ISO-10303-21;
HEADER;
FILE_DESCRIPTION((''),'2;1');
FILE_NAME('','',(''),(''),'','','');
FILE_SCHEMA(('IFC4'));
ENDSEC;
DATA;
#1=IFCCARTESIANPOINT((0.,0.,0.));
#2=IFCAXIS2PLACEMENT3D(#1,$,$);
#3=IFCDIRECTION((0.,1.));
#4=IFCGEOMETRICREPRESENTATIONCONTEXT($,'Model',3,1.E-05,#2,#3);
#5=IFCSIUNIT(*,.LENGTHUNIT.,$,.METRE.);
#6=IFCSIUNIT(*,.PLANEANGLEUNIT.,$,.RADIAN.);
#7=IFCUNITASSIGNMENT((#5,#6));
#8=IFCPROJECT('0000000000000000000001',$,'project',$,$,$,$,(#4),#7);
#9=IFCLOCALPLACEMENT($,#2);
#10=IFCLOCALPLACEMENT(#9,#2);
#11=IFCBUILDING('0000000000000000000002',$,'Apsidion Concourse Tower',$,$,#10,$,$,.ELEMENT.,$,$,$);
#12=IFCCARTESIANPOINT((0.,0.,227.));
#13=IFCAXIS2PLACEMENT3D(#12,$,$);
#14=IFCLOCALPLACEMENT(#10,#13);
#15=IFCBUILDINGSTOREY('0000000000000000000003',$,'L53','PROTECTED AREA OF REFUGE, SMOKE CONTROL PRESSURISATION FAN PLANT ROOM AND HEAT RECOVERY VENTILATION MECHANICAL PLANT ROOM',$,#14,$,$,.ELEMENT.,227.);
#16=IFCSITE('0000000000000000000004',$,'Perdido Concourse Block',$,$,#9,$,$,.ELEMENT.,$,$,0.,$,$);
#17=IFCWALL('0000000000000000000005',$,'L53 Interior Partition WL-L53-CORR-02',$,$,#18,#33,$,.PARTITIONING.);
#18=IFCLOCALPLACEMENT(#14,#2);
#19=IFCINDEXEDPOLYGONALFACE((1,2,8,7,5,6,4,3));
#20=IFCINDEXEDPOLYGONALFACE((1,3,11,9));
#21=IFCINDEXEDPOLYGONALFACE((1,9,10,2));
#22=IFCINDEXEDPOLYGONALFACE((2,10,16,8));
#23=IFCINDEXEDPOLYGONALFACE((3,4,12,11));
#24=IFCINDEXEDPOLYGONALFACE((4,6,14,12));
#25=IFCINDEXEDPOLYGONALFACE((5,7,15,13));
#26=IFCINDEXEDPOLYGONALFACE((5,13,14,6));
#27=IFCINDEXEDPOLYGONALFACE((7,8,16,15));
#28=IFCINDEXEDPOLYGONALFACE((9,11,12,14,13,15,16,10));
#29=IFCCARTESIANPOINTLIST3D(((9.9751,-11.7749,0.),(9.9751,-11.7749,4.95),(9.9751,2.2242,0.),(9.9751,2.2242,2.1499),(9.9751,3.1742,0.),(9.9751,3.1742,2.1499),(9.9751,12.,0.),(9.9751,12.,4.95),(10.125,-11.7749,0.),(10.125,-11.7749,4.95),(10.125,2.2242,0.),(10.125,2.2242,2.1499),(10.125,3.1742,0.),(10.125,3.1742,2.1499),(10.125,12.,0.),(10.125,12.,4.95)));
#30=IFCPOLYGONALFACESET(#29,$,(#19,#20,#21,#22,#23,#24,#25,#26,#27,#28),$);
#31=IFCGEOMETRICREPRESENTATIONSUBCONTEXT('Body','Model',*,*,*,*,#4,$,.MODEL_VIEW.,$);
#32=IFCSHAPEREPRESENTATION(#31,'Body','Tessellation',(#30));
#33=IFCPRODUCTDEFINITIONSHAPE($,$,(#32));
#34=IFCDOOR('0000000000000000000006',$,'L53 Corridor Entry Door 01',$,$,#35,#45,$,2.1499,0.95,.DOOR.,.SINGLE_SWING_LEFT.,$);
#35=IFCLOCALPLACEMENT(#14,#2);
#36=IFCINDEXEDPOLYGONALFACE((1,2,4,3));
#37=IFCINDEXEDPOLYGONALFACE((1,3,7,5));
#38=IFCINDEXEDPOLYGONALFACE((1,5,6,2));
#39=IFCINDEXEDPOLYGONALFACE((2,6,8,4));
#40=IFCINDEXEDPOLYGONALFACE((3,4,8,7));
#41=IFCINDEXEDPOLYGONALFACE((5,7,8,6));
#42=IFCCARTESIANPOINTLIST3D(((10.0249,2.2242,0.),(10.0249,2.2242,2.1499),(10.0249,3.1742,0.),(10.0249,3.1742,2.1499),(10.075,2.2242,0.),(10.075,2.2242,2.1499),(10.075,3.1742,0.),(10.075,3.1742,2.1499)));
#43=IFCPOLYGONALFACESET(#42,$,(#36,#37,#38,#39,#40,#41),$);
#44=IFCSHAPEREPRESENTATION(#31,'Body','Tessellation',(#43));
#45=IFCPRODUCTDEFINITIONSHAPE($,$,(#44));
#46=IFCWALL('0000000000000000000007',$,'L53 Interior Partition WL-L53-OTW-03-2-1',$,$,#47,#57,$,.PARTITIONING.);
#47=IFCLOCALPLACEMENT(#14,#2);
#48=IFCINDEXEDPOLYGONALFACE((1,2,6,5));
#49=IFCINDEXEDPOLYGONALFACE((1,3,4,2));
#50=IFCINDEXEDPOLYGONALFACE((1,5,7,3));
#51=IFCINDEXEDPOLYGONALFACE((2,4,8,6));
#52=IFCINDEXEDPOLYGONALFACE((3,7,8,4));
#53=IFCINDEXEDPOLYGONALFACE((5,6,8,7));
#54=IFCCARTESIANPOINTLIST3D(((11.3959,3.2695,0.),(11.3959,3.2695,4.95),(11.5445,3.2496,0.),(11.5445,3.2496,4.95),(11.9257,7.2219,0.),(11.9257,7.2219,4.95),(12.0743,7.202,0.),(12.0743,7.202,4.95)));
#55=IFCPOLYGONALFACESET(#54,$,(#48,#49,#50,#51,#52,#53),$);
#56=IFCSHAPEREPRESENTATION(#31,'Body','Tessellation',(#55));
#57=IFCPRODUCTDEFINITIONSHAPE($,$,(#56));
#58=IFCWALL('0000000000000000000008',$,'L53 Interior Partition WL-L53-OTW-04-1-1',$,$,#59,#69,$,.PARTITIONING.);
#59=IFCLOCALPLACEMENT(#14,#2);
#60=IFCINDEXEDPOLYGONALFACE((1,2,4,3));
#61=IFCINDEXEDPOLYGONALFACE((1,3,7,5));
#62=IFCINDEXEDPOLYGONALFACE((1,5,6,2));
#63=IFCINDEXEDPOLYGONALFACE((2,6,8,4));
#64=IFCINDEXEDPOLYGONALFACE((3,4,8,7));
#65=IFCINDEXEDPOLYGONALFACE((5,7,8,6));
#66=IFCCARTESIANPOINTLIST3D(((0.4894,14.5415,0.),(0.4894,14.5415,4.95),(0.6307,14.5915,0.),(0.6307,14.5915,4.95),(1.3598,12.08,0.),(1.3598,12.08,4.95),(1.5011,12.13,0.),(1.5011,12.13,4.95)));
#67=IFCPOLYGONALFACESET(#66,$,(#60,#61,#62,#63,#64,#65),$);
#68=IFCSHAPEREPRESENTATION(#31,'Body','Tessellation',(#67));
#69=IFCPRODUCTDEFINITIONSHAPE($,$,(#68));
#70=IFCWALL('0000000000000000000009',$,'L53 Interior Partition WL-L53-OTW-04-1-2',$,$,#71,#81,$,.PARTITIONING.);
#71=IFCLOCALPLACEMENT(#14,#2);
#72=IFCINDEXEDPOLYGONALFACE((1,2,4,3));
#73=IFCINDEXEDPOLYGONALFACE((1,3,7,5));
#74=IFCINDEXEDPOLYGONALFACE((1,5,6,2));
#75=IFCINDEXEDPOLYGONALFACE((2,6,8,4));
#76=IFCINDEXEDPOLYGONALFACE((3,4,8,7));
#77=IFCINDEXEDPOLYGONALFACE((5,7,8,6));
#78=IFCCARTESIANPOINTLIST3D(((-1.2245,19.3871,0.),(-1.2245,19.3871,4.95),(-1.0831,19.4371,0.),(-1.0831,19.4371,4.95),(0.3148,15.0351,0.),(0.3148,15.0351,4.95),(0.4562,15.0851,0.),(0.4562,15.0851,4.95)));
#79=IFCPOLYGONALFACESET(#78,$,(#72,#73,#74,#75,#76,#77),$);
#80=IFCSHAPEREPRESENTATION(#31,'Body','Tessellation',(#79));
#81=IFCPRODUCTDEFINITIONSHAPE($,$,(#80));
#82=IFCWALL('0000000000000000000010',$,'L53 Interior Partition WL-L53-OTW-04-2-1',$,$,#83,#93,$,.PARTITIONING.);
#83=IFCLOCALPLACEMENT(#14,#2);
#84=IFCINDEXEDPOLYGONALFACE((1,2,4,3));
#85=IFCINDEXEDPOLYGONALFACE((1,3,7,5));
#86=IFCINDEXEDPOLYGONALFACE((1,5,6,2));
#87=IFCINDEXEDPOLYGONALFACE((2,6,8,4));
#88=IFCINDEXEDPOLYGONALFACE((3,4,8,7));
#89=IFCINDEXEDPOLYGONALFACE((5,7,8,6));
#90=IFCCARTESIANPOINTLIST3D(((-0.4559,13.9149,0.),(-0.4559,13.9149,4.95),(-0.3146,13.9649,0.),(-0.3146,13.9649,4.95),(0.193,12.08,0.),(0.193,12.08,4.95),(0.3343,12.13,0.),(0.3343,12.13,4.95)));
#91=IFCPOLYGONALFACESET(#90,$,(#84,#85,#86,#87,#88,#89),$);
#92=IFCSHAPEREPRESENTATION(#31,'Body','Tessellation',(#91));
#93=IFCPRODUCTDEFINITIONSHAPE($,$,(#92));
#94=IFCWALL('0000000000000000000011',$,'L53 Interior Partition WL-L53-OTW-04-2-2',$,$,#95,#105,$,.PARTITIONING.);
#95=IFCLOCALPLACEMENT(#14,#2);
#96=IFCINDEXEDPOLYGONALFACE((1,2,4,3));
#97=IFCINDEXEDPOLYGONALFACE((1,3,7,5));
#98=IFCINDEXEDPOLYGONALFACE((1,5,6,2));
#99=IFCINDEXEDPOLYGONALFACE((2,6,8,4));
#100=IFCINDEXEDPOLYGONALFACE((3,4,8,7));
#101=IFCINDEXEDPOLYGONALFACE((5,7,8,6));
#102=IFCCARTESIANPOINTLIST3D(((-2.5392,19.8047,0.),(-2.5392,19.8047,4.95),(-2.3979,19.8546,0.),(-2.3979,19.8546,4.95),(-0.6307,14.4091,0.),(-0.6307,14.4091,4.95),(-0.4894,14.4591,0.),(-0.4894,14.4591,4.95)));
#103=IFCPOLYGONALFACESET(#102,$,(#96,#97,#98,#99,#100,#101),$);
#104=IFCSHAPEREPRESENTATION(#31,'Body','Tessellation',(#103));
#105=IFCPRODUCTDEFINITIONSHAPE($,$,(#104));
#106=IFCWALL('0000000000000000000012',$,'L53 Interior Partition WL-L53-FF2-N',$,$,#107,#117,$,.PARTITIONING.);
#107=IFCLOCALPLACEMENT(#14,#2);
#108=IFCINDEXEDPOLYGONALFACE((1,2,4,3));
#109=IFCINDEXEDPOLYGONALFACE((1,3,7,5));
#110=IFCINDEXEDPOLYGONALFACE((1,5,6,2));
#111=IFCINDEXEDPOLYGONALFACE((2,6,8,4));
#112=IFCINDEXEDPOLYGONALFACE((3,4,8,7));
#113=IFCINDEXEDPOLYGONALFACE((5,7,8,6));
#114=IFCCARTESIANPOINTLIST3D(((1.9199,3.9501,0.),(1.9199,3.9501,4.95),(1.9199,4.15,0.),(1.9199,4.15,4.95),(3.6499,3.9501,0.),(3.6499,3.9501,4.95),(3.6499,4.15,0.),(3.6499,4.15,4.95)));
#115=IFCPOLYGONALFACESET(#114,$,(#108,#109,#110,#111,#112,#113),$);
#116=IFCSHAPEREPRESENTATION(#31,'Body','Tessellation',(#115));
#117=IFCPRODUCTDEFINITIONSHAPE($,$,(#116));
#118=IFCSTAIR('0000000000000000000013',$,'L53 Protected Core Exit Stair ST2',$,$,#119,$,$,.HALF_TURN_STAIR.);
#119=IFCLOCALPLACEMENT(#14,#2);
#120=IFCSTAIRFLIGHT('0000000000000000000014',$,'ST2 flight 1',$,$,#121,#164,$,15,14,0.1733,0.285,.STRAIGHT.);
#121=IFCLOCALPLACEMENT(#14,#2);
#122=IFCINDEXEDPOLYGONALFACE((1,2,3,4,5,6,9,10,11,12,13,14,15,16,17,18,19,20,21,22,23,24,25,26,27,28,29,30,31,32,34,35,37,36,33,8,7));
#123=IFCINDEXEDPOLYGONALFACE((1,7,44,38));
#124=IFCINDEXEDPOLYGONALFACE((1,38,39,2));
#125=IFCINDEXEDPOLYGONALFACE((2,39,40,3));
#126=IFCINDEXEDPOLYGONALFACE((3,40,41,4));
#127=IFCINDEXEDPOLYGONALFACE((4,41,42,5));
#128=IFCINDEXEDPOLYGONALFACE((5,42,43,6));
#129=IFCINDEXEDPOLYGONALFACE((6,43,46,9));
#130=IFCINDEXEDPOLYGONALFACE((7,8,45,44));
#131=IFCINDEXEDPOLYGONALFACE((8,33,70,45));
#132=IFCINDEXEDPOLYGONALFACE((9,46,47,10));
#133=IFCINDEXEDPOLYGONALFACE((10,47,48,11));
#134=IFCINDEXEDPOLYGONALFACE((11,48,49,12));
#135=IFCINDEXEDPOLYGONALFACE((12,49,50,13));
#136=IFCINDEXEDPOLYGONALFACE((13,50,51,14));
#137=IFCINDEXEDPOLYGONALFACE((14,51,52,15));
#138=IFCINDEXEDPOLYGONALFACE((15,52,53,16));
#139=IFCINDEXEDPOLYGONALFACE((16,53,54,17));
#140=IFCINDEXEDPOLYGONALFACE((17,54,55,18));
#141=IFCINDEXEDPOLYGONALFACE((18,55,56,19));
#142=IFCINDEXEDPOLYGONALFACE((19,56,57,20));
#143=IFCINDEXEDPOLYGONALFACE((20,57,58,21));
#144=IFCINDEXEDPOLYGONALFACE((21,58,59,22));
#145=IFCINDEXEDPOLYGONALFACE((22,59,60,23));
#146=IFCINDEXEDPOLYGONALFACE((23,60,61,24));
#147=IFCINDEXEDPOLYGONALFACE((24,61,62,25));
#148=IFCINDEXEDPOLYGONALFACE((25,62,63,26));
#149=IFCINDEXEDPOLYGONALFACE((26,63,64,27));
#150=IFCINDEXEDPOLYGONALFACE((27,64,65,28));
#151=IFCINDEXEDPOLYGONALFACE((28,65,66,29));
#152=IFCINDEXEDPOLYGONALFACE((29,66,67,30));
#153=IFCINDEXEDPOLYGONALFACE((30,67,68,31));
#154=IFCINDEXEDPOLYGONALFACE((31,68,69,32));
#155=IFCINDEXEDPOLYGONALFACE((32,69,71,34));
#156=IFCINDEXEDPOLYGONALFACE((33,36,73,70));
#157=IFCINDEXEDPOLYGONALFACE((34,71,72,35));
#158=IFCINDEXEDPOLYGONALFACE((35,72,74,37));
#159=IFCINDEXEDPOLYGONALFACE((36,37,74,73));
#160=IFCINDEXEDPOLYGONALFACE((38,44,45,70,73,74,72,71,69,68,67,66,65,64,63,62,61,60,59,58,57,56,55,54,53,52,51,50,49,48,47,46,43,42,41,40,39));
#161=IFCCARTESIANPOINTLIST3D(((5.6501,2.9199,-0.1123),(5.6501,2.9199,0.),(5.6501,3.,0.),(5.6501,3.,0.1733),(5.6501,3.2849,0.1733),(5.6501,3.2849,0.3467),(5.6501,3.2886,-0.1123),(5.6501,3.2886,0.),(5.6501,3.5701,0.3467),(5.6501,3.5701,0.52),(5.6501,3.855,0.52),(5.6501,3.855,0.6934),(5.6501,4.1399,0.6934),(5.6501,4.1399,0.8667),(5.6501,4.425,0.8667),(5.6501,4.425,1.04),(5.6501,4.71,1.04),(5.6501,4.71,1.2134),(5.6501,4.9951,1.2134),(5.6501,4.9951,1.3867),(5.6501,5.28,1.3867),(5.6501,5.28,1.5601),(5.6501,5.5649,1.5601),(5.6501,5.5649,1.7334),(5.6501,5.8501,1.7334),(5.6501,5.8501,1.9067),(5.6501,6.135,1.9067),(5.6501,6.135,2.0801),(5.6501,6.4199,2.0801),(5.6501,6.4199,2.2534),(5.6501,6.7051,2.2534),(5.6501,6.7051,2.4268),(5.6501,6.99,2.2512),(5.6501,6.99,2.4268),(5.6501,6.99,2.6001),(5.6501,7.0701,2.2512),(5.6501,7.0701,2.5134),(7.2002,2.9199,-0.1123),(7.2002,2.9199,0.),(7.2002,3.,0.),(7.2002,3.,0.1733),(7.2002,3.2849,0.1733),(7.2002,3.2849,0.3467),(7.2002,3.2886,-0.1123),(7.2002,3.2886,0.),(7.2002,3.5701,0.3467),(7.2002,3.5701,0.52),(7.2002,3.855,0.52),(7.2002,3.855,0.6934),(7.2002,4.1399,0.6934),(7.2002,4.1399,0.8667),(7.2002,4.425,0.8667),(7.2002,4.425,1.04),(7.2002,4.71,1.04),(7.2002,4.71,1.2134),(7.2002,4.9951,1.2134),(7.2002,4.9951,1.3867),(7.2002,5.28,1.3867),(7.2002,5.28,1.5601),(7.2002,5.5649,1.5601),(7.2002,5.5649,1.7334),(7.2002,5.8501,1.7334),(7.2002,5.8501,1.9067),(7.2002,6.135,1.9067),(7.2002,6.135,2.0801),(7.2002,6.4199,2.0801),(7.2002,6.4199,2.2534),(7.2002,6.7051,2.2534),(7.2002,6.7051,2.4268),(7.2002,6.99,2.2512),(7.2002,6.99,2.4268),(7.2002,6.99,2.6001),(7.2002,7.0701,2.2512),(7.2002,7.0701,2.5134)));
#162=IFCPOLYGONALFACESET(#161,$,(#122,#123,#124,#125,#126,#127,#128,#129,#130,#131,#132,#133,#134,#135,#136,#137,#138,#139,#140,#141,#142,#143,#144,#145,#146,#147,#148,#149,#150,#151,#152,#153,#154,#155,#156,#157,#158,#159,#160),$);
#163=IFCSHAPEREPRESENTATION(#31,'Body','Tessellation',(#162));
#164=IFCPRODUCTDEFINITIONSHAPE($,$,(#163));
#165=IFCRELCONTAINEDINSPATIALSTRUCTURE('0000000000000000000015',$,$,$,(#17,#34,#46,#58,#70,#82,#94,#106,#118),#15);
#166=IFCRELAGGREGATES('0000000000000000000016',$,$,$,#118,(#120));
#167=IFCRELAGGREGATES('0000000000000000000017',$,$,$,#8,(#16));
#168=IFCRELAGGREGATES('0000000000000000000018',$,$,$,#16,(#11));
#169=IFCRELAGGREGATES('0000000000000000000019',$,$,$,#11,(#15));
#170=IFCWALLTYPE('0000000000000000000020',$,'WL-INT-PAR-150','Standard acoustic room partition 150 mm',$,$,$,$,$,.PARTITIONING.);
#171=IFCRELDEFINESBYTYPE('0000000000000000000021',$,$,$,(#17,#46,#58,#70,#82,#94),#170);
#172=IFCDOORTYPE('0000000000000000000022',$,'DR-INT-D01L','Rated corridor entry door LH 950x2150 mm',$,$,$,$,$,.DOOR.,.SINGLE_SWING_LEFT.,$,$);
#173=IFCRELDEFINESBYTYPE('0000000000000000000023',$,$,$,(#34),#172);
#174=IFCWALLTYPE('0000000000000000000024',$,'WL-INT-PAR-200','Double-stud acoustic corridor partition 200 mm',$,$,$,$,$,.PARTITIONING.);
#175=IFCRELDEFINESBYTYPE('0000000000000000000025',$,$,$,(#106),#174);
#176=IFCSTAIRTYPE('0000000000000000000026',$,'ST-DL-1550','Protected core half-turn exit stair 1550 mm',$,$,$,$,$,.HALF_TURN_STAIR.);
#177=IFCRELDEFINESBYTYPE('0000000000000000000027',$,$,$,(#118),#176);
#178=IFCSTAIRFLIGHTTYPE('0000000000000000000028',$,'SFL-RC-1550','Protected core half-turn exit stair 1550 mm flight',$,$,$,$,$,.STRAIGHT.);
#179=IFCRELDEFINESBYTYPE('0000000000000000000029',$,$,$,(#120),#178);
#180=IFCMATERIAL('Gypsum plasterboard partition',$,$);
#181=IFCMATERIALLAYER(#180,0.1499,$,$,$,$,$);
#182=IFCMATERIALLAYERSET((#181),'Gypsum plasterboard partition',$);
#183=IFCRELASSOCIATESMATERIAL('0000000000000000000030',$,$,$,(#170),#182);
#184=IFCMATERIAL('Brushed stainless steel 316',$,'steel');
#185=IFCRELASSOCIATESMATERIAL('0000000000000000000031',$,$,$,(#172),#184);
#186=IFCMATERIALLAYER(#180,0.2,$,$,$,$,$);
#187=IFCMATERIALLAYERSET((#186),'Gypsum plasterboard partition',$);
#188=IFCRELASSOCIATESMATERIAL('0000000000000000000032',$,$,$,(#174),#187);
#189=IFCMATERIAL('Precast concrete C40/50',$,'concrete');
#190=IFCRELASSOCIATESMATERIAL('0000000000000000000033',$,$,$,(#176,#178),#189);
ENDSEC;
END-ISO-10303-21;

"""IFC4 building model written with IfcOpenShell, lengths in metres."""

from ifc_helpers import new_model, si_unit, direction, frame, frame_2d, origin, place, context, subcontext, project, spatial, polyline, rectangle, outline, extrude, material, layer, layer_set, type_object, element, fill, aggregate, save


model = new_model("IFC4")

# Units and contexts
model_context = context("Model", 3, precision=1e-05, world=origin(), true_north=direction((0.0, 1.0)))
body_context = subcontext(model_context, "Body", "Model", "MODEL_VIEW")
ifc_project = project(units=[si_unit("LENGTHUNIT", "METRE"), si_unit("PLANEANGLEUNIT", "RADIAN")], contexts=[model_context])

# Site, building, storey
site_placement = place(None, origin())
site = spatial("IfcSite", under=ifc_project, at=site_placement, Name="Perdido Concourse Block", CompositionType="ELEMENT", RefElevation=0.0)
building_placement = place(site_placement, origin())
building = spatial("IfcBuilding", under=site, at=building_placement, Name="Apsidion Concourse Tower", CompositionType="ELEMENT")
storey_placement = place(building_placement, frame((0.0, 0.0, 227.0)))
storey = spatial("IfcBuildingStorey", under=building, at=storey_placement, Name="L53", Description="PROTECTED AREA OF REFUGE, SMOKE CONTROL PRESSURISATION FAN PLANT ROOM AND HEAT RECOVERY VENTILATION MECHANICAL PLANT ROOM", CompositionType="ELEMENT", Elevation=227.0)

# Wall, opening, door
ifc_material_1 = material(Name="Gypsum plasterboard partition")
ifc_layer_1 = layer(ifc_material_1, 0.1499)
ifc_layer_set_1 = layer_set([ifc_layer_1], Name="Gypsum plasterboard partition")
wall_type_1 = type_object("IfcWallType", Name="WL-INT-PAR-150", Description="Standard acoustic room partition 150 mm", PredefinedType="PARTITIONING", material=ifc_layer_set_1)
wall_1_placement = place(storey_placement, frame((10.05, 12.0, 0.0), z_axis=(0.0, 0.0, 1.0), x_axis=(0.0, -1.0, 0.0)))
wall_1 = element("IfcWall", 1, at=wall_1_placement, inside=storey, type_object=wall_type_1, Name="L53 Interior Partition WL-L53-CORR-02", PredefinedType="PARTITIONING", context=body_context, shape_type="SweptSolid", body=[
    extrude(rectangle(XDim=23.7749, YDim=0.1499, at=frame_2d((11.8875, 0.0))), origin(), (0.0, 0.0, 1.0), 4.95),
])
opening_placement = place(wall_1_placement, frame((8.8257, 0.0, 0.0)))
opening = element("IfcOpeningElement", 2, at=opening_placement, cuts=wall_1, PredefinedType="OPENING", context=body_context, shape_type="SweptSolid", body=[
    extrude(rectangle(XDim=0.95, YDim=2.1499, at=frame_2d((0.4751, 1.075))), frame((0.0, 0.085, 0.0), z_axis=(0.0, -1.0, 0.0), x_axis=(1.0, 0.0, 0.0)), (0.0, 0.0, 1.0), 0.1699),
])
ifc_material_2 = material(Name="Brushed stainless steel 316", Category="steel")
door_type = type_object("IfcDoorType", Name="DR-INT-D01L", Description="Rated corridor entry door LH 950x2150 mm", OperationType="SINGLE_SWING_LEFT", PredefinedType="DOOR", material=ifc_material_2)
door_placement = place(opening_placement, origin())
door = element("IfcDoor", 3, at=door_placement, inside=storey, type_object=door_type, Name="L53 Corridor Entry Door 01", OperationType="SINGLE_SWING_LEFT", OverallHeight=2.1499, OverallWidth=0.95, PredefinedType="DOOR", context=body_context, shape_type="SweptSolid", body=[
    extrude(rectangle(XDim=0.95, YDim=2.1499, at=frame_2d((0.4751, 1.075))), frame((0.0, 0.0249, 0.0), z_axis=(0.0, -1.0, 0.0), x_axis=(1.0, 0.0, 0.0)), (0.0, 0.0, 1.0), 0.05),
])
fill(opening, door)

# Walls
wall_2_placement = place(storey_placement, frame((11.4702, 3.2595, 0.0), z_axis=(0.0, 0.0, 1.0), x_axis=(0.132853, 0.991136, 0.0)))
element("IfcWall", 4, at=wall_2_placement, inside=storey, type_object=wall_type_1, Name="L53 Interior Partition WL-L53-OTW-03-2-1", PredefinedType="PARTITIONING", context=body_context, shape_type="SweptSolid", body=[
    extrude(rectangle(XDim=3.9878, YDim=0.1499, at=frame_2d((1.9939, 0.0))), origin(), (0.0, 0.0, 1.0), 4.95),
])
wall_3_placement = place(storey_placement, frame((1.4304, 12.105, 0.0), z_axis=(0.0, 0.0, 1.0), x_axis=(-0.333373, 0.942795, 0.0)))
element("IfcWall", 5, at=wall_3_placement, inside=storey, type_object=wall_type_1, Name="L53 Interior Partition WL-L53-OTW-04-1-1", PredefinedType="PARTITIONING", context=body_context, shape_type="SweptSolid", body=[
    extrude(rectangle(XDim=2.6108, YDim=0.1499, at=frame_2d((1.3054, 0.0))), origin(), (0.0, 0.0, 1.0), 4.95),
])
wall_4_placement = place(storey_placement, frame((0.3855, 15.0601, 0.0), z_axis=(0.0, 0.0, 1.0), x_axis=(-0.333454, 0.942767, 0.0)))
element("IfcWall", 6, at=wall_4_placement, inside=storey, type_object=wall_type_1, Name="L53 Interior Partition WL-L53-OTW-04-1-2", PredefinedType="PARTITIONING", context=body_context, shape_type="SweptSolid", body=[
    extrude(rectangle(XDim=4.6162, YDim=0.1499, at=frame_2d((2.3081, 0.0))), origin(), (0.0, 0.0, 1.0), 4.95),
])
wall_5_placement = place(storey_placement, frame((0.2637, 12.105, 0.0), z_axis=(0.0, 0.0, 1.0), x_axis=(-0.333411, 0.942782, 0.0)))
element("IfcWall", 7, at=wall_5_placement, inside=storey, type_object=wall_type_1, Name="L53 Interior Partition WL-L53-OTW-04-2-1", PredefinedType="PARTITIONING", context=body_context, shape_type="SweptSolid", body=[
    extrude(rectangle(XDim=1.9463, YDim=0.1499, at=frame_2d((0.9731, 0.0))), origin(), (0.0, 0.0, 1.0), 4.95),
])
wall_6_placement = place(storey_placement, frame((-0.5601, 14.4341, 0.0), z_axis=(0.0, 0.0, 1.0), x_axis=(-0.333465, 0.942763, 0.0)))
element("IfcWall", 8, at=wall_6_placement, inside=storey, type_object=wall_type_1, Name="L53 Interior Partition WL-L53-OTW-04-2-2", PredefinedType="PARTITIONING", context=body_context, shape_type="SweptSolid", body=[
    extrude(rectangle(XDim=5.7231, YDim=0.1499, at=frame_2d((2.8616, 0.0))), origin(), (0.0, 0.0, 1.0), 4.95),
])
ifc_layer_2 = layer(ifc_material_1, 0.2)
ifc_layer_set_2 = layer_set([ifc_layer_2], Name="Gypsum plasterboard partition")
wall_type_2 = type_object("IfcWallType", Name="WL-INT-PAR-200", Description="Double-stud acoustic corridor partition 200 mm", PredefinedType="PARTITIONING", material=ifc_layer_set_2)
wall_7_placement = place(storey_placement, frame((1.9199, 4.05, 0.0), z_axis=(0.0, 0.0, 1.0), x_axis=(1.0, 0.0, 0.0)))
element("IfcWall", 9, at=wall_7_placement, inside=storey, type_object=wall_type_2, Name="L53 Interior Partition WL-L53-FF2-N", PredefinedType="PARTITIONING", context=body_context, shape_type="SweptSolid", body=[
    extrude(rectangle(XDim=1.73, YDim=0.2, at=frame_2d((0.865, 0.0))), origin(), (0.0, 0.0, 1.0), 4.95),
])

# Stair, stair flight
ifc_material_3 = material(Name="Precast concrete C40/50", Category="concrete")
stair_type = type_object("IfcStairType", Name="ST-DL-1550", Description="Protected core half-turn exit stair 1550 mm", PredefinedType="HALF_TURN_STAIR", material=ifc_material_3)
stair_1_placement = place(storey_placement, origin())
stair_1 = element("IfcStair", 10, at=stair_1_placement, inside=storey, type_object=stair_type, Name="L53 Protected Core Exit Stair ST2", PredefinedType="HALF_TURN_STAIR")
stair_flight_type = type_object("IfcStairFlightType", Name="SFL-RC-1550", Description="Protected core half-turn exit stair 1550 mm flight", PredefinedType="STRAIGHT", material=ifc_material_3)
stair_flight_1_placement = place(storey_placement, frame((6.425, 3.0, 0.0), z_axis=(0.0, 0.0, 1.0), x_axis=(0.0, 1.0, 0.0)))
stair_flight_1 = element("IfcStairFlight", 11, at=stair_flight_1_placement, type_object=stair_flight_type, Name="ST2 flight 1", NumberOfRisers=15, NumberOfTreads=14, PredefinedType="STRAIGHT", RiserHeight=0.1733, TreadLength=0.285, context=body_context, shape_type="SweptSolid", body=[
    extrude(outline(polyline([(-0.0801, -0.1123), (-0.0801, 0.0), (0.0, 0.0), (0.0, 0.1733), (0.2849, 0.1733), (0.2849, 0.3467), (0.5701, 0.3467), (0.5701, 0.52), (0.855, 0.52), (0.855, 0.6934), (1.1399, 0.6934), (1.1399, 0.8667), (1.425, 0.8667), (1.425, 1.04), (1.71, 1.04), (1.71, 1.2134), (1.9951, 1.2134), (1.9951, 1.3867), (2.28, 1.3867), (2.28, 1.5601), (2.5649, 1.5601), (2.5649, 1.7334), (2.8501, 1.7334), (2.8501, 1.9067), (3.135, 1.9067), (3.135, 2.0801), (3.4199, 2.0801), (3.4199, 2.2534), (3.7051, 2.2534), (3.7051, 2.4268), (3.99, 2.4268), (3.99, 2.6001), (4.0701, 2.5134), (4.0701, 2.2512), (3.99, 2.2512), (0.2886, 0.0), (0.2886, -0.1123), (-0.0801, -0.1123)])), frame((0.0, 0.7749, 0.0), z_axis=(0.0, -1.0, 0.0), x_axis=(1.0, 0.0, 0.0)), (0.0, 0.0, 1.0), 1.55),
])
aggregate(stair_1, [stair_flight_1])

save(model, "model.ifc")
